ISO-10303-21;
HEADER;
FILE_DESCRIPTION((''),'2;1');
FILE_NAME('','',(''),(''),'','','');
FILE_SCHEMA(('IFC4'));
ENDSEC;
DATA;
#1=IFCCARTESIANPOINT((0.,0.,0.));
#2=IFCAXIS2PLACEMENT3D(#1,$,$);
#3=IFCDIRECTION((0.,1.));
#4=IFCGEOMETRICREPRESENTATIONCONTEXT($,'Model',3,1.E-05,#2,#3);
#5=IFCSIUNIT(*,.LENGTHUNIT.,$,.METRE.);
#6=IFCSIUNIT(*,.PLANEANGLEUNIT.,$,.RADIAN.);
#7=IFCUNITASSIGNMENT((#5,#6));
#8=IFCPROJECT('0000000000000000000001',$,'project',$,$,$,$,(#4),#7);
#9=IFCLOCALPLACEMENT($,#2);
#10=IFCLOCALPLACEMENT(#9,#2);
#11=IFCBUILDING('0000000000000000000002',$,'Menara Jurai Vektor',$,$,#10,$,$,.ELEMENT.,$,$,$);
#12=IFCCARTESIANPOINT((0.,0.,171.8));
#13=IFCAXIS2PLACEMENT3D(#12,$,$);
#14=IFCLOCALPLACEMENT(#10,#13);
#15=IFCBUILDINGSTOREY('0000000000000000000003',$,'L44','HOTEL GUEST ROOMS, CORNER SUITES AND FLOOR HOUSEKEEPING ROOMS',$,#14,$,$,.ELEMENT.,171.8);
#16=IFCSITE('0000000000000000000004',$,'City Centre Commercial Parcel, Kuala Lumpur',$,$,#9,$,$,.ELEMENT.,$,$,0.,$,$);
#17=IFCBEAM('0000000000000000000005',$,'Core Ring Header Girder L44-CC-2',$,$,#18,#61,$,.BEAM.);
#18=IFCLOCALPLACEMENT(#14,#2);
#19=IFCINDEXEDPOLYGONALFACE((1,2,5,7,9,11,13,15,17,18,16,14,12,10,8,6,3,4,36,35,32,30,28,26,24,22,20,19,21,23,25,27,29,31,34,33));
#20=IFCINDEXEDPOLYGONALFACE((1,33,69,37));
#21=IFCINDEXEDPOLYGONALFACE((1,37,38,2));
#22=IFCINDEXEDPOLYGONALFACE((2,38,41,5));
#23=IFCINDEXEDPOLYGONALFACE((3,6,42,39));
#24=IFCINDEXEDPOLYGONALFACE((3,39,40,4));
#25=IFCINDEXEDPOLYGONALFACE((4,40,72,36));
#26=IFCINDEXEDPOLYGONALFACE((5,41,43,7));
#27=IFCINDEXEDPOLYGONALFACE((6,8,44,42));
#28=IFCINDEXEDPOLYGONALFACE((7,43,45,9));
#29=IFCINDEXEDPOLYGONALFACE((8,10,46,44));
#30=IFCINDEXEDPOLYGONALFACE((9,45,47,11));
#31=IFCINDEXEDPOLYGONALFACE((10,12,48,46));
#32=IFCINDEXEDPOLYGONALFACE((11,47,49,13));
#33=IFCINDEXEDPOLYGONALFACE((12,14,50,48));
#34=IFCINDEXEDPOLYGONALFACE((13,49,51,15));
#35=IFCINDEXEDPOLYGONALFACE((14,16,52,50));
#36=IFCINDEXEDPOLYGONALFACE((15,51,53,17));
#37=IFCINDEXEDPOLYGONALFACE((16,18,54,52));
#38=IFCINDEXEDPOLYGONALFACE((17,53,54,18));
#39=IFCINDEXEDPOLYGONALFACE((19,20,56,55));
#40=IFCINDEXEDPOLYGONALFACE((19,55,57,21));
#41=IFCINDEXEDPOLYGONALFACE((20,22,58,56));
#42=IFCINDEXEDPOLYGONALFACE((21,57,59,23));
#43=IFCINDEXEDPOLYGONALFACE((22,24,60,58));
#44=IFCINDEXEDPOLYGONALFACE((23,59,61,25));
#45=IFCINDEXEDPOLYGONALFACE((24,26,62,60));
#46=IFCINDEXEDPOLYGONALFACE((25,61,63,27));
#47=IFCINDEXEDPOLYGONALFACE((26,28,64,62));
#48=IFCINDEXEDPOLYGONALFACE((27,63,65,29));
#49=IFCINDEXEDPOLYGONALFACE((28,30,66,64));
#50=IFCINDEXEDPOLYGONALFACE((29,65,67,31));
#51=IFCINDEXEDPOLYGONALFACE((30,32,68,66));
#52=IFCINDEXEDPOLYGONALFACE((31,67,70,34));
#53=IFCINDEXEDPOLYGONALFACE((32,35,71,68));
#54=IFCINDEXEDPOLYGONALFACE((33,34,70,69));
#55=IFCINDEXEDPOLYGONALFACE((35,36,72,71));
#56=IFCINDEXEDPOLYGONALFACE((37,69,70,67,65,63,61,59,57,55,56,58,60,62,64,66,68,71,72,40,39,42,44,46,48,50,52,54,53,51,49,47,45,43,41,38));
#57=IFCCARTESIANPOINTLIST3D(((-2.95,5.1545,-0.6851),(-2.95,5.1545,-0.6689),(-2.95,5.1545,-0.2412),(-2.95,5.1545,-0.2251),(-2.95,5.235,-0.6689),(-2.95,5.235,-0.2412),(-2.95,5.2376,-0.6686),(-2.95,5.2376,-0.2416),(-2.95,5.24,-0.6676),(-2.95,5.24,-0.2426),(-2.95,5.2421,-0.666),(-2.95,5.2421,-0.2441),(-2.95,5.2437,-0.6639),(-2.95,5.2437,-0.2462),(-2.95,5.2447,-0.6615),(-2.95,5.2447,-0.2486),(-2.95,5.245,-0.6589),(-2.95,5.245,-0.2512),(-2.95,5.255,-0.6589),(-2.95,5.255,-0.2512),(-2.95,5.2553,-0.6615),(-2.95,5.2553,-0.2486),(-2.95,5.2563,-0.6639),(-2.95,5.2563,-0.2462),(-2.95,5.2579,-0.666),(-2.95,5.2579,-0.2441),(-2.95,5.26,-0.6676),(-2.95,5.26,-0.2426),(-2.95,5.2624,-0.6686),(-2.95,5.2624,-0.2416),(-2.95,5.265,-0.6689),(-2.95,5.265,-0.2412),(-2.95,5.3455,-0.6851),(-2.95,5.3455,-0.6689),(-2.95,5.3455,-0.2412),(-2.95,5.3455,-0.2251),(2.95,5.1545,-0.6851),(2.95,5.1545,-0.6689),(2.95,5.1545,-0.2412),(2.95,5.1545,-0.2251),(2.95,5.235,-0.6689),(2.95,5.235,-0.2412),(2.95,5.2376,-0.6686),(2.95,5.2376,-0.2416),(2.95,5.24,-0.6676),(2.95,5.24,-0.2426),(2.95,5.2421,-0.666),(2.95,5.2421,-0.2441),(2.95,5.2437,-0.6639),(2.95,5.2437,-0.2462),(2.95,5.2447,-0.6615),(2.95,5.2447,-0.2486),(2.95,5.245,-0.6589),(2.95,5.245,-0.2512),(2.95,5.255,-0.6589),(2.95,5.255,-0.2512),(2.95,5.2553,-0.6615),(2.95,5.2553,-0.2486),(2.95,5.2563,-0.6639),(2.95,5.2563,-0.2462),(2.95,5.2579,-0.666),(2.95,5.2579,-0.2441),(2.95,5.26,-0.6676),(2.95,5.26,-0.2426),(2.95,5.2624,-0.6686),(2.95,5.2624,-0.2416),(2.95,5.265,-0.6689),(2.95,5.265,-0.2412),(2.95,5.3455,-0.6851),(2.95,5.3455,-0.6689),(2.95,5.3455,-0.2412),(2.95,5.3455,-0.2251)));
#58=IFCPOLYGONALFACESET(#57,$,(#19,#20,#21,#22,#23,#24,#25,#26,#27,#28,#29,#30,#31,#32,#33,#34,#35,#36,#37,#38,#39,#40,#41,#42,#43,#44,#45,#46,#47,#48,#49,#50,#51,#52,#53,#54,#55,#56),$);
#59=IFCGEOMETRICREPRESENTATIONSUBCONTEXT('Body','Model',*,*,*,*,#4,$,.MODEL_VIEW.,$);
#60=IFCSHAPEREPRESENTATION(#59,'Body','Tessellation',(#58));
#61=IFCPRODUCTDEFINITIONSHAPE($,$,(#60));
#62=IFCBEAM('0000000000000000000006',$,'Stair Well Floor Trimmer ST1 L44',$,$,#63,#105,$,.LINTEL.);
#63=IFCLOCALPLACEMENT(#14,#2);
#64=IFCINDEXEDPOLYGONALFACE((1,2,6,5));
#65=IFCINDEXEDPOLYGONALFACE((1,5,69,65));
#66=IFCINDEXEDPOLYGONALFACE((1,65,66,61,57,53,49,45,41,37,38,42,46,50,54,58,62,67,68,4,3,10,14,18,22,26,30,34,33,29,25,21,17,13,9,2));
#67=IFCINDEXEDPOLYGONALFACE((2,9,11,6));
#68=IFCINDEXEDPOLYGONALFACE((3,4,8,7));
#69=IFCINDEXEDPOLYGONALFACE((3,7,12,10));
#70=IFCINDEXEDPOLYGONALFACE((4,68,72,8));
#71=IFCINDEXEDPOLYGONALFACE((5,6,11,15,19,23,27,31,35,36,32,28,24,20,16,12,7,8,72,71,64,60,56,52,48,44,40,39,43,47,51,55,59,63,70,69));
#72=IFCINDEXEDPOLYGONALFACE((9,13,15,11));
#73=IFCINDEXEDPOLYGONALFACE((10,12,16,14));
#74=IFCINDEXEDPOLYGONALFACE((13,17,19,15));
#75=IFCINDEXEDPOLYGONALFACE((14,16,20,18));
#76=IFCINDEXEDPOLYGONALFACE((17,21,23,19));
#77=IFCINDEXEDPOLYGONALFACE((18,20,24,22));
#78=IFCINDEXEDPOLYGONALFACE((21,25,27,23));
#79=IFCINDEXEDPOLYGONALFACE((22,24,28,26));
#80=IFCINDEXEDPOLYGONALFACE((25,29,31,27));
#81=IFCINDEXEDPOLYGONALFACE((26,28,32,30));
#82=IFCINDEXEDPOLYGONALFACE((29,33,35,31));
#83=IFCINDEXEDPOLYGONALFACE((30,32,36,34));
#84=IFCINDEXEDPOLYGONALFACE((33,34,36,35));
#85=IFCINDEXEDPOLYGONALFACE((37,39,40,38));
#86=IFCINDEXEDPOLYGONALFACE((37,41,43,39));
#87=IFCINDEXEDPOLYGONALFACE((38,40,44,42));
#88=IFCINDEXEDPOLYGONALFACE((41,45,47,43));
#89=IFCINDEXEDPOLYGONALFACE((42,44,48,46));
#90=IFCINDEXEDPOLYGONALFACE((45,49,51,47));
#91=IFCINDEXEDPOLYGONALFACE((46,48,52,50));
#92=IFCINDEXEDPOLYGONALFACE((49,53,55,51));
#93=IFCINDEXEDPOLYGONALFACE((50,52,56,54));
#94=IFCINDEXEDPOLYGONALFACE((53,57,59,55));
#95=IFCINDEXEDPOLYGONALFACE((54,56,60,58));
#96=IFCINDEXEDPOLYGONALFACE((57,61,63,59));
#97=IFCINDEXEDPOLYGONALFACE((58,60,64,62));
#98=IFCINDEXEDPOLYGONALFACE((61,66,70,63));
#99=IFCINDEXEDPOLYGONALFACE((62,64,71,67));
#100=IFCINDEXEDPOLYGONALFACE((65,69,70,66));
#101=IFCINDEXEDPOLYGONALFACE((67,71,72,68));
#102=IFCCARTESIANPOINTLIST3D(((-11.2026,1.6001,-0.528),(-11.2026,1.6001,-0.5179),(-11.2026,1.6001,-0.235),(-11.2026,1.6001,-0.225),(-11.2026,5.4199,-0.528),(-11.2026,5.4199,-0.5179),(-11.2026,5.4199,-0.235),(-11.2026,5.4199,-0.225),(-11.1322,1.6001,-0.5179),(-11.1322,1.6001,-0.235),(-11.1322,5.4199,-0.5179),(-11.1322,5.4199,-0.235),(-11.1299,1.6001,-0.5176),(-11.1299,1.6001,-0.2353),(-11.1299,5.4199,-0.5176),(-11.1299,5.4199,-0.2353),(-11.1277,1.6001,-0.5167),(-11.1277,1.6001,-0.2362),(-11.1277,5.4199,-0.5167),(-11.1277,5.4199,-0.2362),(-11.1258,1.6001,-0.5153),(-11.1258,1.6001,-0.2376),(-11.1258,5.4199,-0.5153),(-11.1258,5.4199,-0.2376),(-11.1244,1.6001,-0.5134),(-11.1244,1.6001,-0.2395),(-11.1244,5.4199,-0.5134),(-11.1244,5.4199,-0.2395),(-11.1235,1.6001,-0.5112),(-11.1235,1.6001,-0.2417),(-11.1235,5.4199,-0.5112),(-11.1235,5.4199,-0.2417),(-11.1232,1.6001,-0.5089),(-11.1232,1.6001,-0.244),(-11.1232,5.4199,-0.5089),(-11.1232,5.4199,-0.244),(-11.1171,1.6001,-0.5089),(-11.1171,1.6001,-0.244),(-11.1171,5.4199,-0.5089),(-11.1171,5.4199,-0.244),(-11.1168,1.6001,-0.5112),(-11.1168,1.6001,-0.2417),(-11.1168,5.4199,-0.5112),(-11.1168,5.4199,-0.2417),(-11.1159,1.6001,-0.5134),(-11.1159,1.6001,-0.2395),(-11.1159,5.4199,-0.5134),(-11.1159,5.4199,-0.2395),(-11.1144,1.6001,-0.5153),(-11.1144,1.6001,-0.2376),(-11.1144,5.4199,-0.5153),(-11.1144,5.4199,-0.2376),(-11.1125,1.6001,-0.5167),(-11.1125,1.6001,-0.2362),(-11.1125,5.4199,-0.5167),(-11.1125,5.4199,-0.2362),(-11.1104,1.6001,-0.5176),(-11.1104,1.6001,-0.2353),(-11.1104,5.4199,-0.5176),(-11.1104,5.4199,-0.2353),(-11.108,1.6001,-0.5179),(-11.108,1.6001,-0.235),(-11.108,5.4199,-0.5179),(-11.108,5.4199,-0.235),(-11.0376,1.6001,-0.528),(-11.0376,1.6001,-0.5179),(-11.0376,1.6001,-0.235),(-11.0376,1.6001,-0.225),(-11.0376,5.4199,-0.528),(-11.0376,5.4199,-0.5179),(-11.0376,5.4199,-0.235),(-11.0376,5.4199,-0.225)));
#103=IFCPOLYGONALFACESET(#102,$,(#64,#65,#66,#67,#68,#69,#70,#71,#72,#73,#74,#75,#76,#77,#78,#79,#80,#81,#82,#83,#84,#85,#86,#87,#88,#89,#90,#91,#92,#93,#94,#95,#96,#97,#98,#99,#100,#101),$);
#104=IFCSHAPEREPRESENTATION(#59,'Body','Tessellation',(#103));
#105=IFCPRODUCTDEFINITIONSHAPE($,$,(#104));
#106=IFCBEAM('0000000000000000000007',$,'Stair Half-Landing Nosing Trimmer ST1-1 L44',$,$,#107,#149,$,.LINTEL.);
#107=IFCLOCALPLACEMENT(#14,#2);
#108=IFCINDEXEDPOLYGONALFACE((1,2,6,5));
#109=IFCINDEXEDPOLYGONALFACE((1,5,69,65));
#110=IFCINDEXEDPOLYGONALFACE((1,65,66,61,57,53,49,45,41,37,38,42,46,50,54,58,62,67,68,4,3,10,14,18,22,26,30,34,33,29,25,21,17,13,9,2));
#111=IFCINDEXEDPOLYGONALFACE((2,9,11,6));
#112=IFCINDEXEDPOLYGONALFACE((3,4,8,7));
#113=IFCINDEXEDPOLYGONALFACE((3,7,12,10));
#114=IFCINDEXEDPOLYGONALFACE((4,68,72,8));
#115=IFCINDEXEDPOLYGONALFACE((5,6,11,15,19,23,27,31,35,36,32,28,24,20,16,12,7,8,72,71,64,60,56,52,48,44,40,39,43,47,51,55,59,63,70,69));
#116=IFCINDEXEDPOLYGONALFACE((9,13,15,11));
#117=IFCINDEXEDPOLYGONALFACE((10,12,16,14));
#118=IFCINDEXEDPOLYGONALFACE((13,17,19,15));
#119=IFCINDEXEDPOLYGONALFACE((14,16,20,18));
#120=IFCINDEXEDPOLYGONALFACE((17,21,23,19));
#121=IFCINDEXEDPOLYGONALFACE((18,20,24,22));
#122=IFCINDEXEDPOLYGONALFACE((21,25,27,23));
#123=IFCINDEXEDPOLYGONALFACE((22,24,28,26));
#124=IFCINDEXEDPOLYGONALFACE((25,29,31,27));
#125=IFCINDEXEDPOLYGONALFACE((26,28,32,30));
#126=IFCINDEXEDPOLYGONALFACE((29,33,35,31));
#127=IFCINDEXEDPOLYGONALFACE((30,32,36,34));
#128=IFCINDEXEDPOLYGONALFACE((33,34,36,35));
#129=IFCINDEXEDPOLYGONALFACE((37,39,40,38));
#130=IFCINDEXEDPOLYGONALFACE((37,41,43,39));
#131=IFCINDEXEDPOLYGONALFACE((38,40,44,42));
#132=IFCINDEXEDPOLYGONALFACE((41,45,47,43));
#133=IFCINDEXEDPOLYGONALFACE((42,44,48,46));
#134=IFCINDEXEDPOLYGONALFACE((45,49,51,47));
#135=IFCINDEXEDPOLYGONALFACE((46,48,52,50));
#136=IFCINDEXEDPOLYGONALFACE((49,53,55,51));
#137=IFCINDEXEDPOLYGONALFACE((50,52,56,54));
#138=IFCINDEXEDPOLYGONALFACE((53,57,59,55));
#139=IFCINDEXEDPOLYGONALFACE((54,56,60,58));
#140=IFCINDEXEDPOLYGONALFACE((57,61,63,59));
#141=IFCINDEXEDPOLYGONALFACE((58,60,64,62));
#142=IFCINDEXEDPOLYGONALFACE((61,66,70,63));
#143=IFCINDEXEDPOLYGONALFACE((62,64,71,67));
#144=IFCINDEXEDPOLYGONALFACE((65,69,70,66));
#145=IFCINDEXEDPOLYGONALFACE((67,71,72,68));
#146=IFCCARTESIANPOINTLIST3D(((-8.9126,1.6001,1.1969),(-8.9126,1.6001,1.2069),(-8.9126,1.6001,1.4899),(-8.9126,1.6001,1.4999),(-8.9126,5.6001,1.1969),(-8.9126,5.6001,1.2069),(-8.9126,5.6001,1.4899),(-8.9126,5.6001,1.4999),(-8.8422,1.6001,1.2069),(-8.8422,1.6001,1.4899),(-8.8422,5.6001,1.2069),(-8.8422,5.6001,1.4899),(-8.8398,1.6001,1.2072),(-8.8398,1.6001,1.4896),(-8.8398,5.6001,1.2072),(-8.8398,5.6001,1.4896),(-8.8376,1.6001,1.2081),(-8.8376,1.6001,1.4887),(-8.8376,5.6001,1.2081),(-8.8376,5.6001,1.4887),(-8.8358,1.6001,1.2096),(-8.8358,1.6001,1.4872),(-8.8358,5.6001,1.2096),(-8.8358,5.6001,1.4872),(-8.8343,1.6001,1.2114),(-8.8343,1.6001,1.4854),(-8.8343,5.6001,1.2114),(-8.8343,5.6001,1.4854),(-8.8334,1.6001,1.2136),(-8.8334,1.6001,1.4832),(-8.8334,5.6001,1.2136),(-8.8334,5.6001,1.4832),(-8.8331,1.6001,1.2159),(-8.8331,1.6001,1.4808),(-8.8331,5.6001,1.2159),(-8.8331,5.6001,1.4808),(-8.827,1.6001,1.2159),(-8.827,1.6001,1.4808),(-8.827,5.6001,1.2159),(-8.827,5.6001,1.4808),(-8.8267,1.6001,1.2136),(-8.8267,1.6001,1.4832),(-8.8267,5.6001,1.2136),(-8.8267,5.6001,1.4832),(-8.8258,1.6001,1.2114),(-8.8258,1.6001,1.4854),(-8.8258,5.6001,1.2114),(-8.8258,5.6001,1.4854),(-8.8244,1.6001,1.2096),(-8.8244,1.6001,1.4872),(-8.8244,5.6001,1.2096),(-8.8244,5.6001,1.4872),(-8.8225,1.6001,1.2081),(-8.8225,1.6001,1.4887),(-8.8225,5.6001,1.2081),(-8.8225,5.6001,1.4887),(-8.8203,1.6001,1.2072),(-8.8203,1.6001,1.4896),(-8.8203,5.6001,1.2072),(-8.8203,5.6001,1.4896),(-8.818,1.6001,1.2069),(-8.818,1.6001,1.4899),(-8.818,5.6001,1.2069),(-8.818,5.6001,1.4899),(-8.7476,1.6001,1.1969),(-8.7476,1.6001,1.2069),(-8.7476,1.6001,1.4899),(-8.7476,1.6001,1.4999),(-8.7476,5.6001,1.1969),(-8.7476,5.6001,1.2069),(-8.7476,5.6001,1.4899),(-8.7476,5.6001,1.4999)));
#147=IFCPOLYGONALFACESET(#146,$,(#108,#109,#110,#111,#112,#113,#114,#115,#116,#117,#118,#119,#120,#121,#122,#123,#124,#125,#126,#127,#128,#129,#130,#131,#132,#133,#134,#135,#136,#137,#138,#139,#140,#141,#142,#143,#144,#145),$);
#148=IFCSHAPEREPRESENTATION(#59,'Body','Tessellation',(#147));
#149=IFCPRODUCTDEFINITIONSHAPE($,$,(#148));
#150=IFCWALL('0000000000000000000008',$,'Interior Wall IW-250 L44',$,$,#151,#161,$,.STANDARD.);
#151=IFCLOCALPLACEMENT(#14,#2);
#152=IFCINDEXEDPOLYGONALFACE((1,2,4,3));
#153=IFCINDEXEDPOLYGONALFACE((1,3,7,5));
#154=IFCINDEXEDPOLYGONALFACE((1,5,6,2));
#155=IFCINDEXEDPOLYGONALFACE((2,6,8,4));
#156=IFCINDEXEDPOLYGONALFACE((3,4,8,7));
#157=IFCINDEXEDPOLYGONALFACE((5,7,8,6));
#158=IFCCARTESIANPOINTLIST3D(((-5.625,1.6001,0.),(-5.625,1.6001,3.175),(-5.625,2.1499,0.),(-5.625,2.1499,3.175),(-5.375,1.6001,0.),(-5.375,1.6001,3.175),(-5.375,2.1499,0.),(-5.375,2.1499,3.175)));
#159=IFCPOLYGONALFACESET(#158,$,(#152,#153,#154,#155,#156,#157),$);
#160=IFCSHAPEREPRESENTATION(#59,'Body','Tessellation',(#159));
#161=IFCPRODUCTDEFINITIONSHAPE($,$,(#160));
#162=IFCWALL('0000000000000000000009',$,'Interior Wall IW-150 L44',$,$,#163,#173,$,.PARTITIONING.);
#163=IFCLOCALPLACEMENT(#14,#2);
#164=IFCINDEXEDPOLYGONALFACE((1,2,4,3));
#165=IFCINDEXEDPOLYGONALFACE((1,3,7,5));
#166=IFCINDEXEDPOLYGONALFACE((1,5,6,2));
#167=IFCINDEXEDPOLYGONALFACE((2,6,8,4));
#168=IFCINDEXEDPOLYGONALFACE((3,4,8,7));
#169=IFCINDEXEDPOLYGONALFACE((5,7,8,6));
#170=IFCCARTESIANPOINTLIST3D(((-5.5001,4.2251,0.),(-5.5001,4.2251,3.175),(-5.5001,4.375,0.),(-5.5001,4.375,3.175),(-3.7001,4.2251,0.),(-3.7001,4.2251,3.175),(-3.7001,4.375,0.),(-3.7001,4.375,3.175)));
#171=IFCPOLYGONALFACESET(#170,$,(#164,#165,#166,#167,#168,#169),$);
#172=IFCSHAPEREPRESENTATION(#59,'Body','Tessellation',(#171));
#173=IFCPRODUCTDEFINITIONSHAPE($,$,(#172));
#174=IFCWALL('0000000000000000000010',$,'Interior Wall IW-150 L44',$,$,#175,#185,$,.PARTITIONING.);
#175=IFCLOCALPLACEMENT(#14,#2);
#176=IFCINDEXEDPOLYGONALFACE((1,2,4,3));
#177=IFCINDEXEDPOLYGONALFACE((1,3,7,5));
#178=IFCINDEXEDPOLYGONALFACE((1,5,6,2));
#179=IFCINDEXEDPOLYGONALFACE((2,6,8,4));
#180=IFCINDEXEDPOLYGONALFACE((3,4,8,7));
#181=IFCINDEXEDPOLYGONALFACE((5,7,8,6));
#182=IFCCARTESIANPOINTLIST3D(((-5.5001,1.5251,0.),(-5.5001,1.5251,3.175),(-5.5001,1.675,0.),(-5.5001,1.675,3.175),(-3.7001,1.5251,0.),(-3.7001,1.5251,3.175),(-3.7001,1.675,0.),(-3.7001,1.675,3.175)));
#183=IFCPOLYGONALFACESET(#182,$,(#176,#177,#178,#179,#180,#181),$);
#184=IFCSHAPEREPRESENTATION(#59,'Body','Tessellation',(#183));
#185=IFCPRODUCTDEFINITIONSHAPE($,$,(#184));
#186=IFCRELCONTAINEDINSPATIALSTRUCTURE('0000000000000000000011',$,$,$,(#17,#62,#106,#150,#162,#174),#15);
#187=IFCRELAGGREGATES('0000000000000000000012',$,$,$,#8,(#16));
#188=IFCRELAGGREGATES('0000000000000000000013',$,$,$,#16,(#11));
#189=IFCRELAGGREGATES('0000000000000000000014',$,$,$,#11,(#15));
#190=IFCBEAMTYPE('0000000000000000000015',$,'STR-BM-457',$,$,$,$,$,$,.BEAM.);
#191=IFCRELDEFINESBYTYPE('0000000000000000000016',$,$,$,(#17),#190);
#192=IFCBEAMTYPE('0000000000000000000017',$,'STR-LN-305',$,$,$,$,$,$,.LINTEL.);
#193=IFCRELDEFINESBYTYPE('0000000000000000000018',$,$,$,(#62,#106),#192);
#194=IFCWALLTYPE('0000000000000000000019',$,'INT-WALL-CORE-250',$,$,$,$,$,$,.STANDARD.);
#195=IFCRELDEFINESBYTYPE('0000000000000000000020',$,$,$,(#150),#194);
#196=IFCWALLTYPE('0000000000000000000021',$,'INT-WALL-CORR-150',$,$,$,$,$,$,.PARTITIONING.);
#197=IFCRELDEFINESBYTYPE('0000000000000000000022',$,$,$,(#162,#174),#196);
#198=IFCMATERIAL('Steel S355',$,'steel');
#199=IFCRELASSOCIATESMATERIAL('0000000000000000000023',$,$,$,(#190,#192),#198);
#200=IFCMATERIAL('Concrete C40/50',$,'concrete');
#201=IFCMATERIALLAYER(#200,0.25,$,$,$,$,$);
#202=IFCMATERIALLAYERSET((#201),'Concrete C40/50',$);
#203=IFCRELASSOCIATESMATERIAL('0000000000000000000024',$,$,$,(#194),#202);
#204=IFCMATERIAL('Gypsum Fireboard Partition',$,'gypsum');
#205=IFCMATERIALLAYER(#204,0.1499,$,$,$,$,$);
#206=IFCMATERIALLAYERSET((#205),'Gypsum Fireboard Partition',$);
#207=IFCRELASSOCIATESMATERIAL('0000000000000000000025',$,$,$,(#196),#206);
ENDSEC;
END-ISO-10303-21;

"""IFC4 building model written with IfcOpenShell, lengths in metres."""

from ifc_helpers import new_model, si_unit, direction, frame, frame_2d, origin, origin_2d, place, context, subcontext, project, spatial, rectangle, i_section, extrude, material, layer, layer_set, material_profile, profile_set, type_object, element, save


model = new_model("IFC4")

# Units and contexts
model_context = context("Model", 3, precision=1e-05, world=origin(), true_north=direction((0.0, 1.0)))
body_context = subcontext(model_context, "Body", "Model", "MODEL_VIEW")
ifc_project = project(units=[si_unit("LENGTHUNIT", "METRE"), si_unit("PLANEANGLEUNIT", "RADIAN")], contexts=[model_context])

# Site, building, storey
site_placement = place(None, origin())
site = spatial("IfcSite", under=ifc_project, at=site_placement, Name="City Centre Commercial Parcel, Kuala Lumpur", CompositionType="ELEMENT", RefElevation=0.0)
building_placement = place(site_placement, origin())
building = spatial("IfcBuilding", under=site, at=building_placement, Name="Menara Jurai Vektor", CompositionType="ELEMENT")
storey_placement = place(building_placement, frame((0.0, 0.0, 171.8)))
storey = spatial("IfcBuildingStorey", under=building, at=storey_placement, Name="L44", Description="HOTEL GUEST ROOMS, CORNER SUITES AND FLOOR HOUSEKEEPING ROOMS", CompositionType="ELEMENT", Elevation=171.8)

# Shared definitions
ifc_material_1 = material(Name="Steel S355", Category="steel")

# Beams
ifc_material_profile_1 = material_profile(ifc_material_1, i_section(OverallWidth=0.1909, OverallDepth=0.46, WebThickness=0.01, FlangeThickness=0.0161, FilletRadius=0.01, at=origin_2d()), Name="UKB 457x191x82")
ifc_profile_set_1 = profile_set([ifc_material_profile_1], Name="Steel S355")
beam_type_1 = type_object("IfcBeamType", Name="STR-BM-457", PredefinedType="BEAM", material=ifc_profile_set_1)
beam_1_placement = place(storey_placement, frame((-2.95, 5.25, -0.4551), z_axis=(1.0, 0.0, 0.0), x_axis=(0.0, 1.0, 0.0)))
element("IfcBeam", 1, at=beam_1_placement, inside=storey, type_object=beam_type_1, Name="Core Ring Header Girder L44-CC-2", PredefinedType="BEAM", context=body_context, shape_type="SweptSolid", body=[
    extrude(i_section(OverallWidth=0.1909, OverallDepth=0.46, WebThickness=0.01, FlangeThickness=0.0161, FilletRadius=0.01, at=origin_2d()), origin(), (0.0, 0.0, 1.0), 5.8999),
])
ifc_material_profile_2 = material_profile(ifc_material_1, i_section(OverallWidth=0.165, OverallDepth=0.303, WebThickness=0.0061, FlangeThickness=0.01, FilletRadius=0.009, at=origin_2d()), Name="UKB 305x165x40")
ifc_profile_set_2 = profile_set([ifc_material_profile_2], Name="Steel S355")
beam_type_2 = type_object("IfcBeamType", Name="STR-LN-305", PredefinedType="LINTEL", material=ifc_profile_set_2)
beam_2_placement = place(storey_placement, frame((-11.1201, 1.6001, -0.3765), z_axis=(0.0, 1.0, 0.0), x_axis=(-1.0, 0.0, 0.0)))
element("IfcBeam", 2, at=beam_2_placement, inside=storey, type_object=beam_type_2, Name="Stair Well Floor Trimmer ST1 L44", PredefinedType="LINTEL", context=body_context, shape_type="SweptSolid", body=[
    extrude(i_section(OverallWidth=0.165, OverallDepth=0.303, WebThickness=0.0061, FlangeThickness=0.01, FilletRadius=0.009, at=origin_2d()), origin(), (0.0, 0.0, 1.0), 3.8198),
])
beam_3_placement = place(storey_placement, frame((-8.8301, 1.6001, 1.3484), z_axis=(0.0, 1.0, 0.0), x_axis=(-1.0, 0.0, 0.0)))
element("IfcBeam", 3, at=beam_3_placement, inside=storey, type_object=beam_type_2, Name="Stair Half-Landing Nosing Trimmer ST1-1 L44", PredefinedType="LINTEL", context=body_context, shape_type="SweptSolid", body=[
    extrude(i_section(OverallWidth=0.165, OverallDepth=0.303, WebThickness=0.0061, FlangeThickness=0.01, FilletRadius=0.009, at=origin_2d()), origin(), (0.0, 0.0, 1.0), 4.0),
])

# Shared definitions
ifc_material_2 = material(Name="Concrete C40/50", Category="concrete")
ifc_layer_1 = layer(ifc_material_2, 0.25)
ifc_layer_set_1 = layer_set([ifc_layer_1], Name="Concrete C40/50")
wall_type_1 = type_object("IfcWallType", Name="INT-WALL-CORE-250", PredefinedType="STANDARD", material=ifc_layer_set_1)

# Walls
wall_1_placement = place(storey_placement, frame((-5.5, 1.6001, 0.0), z_axis=(0.0, 0.0, 1.0), x_axis=(0.0, 1.0, 0.0)))
element("IfcWall", 4, at=wall_1_placement, inside=storey, type_object=wall_type_1, Name="Interior Wall IW-250 L44", PredefinedType="STANDARD", context=body_context, shape_type="SweptSolid", body=[
    extrude(rectangle(XDim=0.5498, YDim=0.25, at=frame_2d((0.2749, 0.0))), origin(), (0.0, 0.0, 1.0), 3.175),
])
ifc_material_3 = material(Name="Gypsum Fireboard Partition", Category="gypsum")
ifc_layer_2 = layer(ifc_material_3, 0.1499)
ifc_layer_set_2 = layer_set([ifc_layer_2], Name="Gypsum Fireboard Partition")
wall_type_2 = type_object("IfcWallType", Name="INT-WALL-CORR-150", PredefinedType="PARTITIONING", material=ifc_layer_set_2)
for number, where, z_axis, x_axis, name in (
    (5, (-5.5, 4.3, 0.0), (0.0, 0.0, 1.0), (1.0, 0.0, 0.0), "Interior Wall IW-150 L44"),
    (6, (-5.5, 1.6001, 0.0), (0.0, 0.0, 1.0), (1.0, 0.0, 0.0), "Interior Wall IW-150 L44"),
):
    element("IfcWall", number, at=place(storey_placement, frame(where, z_axis=z_axis, x_axis=x_axis)), inside=storey, type_object=wall_type_2, Name=name, PredefinedType="PARTITIONING", context=body_context, shape_type="SweptSolid", body=[
        extrude(rectangle(XDim=1.8, YDim=0.1499, at=frame_2d((0.8999, 0.0))), origin(), (0.0, 0.0, 1.0), 3.175),
    ])

save(model, "model.ifc")
